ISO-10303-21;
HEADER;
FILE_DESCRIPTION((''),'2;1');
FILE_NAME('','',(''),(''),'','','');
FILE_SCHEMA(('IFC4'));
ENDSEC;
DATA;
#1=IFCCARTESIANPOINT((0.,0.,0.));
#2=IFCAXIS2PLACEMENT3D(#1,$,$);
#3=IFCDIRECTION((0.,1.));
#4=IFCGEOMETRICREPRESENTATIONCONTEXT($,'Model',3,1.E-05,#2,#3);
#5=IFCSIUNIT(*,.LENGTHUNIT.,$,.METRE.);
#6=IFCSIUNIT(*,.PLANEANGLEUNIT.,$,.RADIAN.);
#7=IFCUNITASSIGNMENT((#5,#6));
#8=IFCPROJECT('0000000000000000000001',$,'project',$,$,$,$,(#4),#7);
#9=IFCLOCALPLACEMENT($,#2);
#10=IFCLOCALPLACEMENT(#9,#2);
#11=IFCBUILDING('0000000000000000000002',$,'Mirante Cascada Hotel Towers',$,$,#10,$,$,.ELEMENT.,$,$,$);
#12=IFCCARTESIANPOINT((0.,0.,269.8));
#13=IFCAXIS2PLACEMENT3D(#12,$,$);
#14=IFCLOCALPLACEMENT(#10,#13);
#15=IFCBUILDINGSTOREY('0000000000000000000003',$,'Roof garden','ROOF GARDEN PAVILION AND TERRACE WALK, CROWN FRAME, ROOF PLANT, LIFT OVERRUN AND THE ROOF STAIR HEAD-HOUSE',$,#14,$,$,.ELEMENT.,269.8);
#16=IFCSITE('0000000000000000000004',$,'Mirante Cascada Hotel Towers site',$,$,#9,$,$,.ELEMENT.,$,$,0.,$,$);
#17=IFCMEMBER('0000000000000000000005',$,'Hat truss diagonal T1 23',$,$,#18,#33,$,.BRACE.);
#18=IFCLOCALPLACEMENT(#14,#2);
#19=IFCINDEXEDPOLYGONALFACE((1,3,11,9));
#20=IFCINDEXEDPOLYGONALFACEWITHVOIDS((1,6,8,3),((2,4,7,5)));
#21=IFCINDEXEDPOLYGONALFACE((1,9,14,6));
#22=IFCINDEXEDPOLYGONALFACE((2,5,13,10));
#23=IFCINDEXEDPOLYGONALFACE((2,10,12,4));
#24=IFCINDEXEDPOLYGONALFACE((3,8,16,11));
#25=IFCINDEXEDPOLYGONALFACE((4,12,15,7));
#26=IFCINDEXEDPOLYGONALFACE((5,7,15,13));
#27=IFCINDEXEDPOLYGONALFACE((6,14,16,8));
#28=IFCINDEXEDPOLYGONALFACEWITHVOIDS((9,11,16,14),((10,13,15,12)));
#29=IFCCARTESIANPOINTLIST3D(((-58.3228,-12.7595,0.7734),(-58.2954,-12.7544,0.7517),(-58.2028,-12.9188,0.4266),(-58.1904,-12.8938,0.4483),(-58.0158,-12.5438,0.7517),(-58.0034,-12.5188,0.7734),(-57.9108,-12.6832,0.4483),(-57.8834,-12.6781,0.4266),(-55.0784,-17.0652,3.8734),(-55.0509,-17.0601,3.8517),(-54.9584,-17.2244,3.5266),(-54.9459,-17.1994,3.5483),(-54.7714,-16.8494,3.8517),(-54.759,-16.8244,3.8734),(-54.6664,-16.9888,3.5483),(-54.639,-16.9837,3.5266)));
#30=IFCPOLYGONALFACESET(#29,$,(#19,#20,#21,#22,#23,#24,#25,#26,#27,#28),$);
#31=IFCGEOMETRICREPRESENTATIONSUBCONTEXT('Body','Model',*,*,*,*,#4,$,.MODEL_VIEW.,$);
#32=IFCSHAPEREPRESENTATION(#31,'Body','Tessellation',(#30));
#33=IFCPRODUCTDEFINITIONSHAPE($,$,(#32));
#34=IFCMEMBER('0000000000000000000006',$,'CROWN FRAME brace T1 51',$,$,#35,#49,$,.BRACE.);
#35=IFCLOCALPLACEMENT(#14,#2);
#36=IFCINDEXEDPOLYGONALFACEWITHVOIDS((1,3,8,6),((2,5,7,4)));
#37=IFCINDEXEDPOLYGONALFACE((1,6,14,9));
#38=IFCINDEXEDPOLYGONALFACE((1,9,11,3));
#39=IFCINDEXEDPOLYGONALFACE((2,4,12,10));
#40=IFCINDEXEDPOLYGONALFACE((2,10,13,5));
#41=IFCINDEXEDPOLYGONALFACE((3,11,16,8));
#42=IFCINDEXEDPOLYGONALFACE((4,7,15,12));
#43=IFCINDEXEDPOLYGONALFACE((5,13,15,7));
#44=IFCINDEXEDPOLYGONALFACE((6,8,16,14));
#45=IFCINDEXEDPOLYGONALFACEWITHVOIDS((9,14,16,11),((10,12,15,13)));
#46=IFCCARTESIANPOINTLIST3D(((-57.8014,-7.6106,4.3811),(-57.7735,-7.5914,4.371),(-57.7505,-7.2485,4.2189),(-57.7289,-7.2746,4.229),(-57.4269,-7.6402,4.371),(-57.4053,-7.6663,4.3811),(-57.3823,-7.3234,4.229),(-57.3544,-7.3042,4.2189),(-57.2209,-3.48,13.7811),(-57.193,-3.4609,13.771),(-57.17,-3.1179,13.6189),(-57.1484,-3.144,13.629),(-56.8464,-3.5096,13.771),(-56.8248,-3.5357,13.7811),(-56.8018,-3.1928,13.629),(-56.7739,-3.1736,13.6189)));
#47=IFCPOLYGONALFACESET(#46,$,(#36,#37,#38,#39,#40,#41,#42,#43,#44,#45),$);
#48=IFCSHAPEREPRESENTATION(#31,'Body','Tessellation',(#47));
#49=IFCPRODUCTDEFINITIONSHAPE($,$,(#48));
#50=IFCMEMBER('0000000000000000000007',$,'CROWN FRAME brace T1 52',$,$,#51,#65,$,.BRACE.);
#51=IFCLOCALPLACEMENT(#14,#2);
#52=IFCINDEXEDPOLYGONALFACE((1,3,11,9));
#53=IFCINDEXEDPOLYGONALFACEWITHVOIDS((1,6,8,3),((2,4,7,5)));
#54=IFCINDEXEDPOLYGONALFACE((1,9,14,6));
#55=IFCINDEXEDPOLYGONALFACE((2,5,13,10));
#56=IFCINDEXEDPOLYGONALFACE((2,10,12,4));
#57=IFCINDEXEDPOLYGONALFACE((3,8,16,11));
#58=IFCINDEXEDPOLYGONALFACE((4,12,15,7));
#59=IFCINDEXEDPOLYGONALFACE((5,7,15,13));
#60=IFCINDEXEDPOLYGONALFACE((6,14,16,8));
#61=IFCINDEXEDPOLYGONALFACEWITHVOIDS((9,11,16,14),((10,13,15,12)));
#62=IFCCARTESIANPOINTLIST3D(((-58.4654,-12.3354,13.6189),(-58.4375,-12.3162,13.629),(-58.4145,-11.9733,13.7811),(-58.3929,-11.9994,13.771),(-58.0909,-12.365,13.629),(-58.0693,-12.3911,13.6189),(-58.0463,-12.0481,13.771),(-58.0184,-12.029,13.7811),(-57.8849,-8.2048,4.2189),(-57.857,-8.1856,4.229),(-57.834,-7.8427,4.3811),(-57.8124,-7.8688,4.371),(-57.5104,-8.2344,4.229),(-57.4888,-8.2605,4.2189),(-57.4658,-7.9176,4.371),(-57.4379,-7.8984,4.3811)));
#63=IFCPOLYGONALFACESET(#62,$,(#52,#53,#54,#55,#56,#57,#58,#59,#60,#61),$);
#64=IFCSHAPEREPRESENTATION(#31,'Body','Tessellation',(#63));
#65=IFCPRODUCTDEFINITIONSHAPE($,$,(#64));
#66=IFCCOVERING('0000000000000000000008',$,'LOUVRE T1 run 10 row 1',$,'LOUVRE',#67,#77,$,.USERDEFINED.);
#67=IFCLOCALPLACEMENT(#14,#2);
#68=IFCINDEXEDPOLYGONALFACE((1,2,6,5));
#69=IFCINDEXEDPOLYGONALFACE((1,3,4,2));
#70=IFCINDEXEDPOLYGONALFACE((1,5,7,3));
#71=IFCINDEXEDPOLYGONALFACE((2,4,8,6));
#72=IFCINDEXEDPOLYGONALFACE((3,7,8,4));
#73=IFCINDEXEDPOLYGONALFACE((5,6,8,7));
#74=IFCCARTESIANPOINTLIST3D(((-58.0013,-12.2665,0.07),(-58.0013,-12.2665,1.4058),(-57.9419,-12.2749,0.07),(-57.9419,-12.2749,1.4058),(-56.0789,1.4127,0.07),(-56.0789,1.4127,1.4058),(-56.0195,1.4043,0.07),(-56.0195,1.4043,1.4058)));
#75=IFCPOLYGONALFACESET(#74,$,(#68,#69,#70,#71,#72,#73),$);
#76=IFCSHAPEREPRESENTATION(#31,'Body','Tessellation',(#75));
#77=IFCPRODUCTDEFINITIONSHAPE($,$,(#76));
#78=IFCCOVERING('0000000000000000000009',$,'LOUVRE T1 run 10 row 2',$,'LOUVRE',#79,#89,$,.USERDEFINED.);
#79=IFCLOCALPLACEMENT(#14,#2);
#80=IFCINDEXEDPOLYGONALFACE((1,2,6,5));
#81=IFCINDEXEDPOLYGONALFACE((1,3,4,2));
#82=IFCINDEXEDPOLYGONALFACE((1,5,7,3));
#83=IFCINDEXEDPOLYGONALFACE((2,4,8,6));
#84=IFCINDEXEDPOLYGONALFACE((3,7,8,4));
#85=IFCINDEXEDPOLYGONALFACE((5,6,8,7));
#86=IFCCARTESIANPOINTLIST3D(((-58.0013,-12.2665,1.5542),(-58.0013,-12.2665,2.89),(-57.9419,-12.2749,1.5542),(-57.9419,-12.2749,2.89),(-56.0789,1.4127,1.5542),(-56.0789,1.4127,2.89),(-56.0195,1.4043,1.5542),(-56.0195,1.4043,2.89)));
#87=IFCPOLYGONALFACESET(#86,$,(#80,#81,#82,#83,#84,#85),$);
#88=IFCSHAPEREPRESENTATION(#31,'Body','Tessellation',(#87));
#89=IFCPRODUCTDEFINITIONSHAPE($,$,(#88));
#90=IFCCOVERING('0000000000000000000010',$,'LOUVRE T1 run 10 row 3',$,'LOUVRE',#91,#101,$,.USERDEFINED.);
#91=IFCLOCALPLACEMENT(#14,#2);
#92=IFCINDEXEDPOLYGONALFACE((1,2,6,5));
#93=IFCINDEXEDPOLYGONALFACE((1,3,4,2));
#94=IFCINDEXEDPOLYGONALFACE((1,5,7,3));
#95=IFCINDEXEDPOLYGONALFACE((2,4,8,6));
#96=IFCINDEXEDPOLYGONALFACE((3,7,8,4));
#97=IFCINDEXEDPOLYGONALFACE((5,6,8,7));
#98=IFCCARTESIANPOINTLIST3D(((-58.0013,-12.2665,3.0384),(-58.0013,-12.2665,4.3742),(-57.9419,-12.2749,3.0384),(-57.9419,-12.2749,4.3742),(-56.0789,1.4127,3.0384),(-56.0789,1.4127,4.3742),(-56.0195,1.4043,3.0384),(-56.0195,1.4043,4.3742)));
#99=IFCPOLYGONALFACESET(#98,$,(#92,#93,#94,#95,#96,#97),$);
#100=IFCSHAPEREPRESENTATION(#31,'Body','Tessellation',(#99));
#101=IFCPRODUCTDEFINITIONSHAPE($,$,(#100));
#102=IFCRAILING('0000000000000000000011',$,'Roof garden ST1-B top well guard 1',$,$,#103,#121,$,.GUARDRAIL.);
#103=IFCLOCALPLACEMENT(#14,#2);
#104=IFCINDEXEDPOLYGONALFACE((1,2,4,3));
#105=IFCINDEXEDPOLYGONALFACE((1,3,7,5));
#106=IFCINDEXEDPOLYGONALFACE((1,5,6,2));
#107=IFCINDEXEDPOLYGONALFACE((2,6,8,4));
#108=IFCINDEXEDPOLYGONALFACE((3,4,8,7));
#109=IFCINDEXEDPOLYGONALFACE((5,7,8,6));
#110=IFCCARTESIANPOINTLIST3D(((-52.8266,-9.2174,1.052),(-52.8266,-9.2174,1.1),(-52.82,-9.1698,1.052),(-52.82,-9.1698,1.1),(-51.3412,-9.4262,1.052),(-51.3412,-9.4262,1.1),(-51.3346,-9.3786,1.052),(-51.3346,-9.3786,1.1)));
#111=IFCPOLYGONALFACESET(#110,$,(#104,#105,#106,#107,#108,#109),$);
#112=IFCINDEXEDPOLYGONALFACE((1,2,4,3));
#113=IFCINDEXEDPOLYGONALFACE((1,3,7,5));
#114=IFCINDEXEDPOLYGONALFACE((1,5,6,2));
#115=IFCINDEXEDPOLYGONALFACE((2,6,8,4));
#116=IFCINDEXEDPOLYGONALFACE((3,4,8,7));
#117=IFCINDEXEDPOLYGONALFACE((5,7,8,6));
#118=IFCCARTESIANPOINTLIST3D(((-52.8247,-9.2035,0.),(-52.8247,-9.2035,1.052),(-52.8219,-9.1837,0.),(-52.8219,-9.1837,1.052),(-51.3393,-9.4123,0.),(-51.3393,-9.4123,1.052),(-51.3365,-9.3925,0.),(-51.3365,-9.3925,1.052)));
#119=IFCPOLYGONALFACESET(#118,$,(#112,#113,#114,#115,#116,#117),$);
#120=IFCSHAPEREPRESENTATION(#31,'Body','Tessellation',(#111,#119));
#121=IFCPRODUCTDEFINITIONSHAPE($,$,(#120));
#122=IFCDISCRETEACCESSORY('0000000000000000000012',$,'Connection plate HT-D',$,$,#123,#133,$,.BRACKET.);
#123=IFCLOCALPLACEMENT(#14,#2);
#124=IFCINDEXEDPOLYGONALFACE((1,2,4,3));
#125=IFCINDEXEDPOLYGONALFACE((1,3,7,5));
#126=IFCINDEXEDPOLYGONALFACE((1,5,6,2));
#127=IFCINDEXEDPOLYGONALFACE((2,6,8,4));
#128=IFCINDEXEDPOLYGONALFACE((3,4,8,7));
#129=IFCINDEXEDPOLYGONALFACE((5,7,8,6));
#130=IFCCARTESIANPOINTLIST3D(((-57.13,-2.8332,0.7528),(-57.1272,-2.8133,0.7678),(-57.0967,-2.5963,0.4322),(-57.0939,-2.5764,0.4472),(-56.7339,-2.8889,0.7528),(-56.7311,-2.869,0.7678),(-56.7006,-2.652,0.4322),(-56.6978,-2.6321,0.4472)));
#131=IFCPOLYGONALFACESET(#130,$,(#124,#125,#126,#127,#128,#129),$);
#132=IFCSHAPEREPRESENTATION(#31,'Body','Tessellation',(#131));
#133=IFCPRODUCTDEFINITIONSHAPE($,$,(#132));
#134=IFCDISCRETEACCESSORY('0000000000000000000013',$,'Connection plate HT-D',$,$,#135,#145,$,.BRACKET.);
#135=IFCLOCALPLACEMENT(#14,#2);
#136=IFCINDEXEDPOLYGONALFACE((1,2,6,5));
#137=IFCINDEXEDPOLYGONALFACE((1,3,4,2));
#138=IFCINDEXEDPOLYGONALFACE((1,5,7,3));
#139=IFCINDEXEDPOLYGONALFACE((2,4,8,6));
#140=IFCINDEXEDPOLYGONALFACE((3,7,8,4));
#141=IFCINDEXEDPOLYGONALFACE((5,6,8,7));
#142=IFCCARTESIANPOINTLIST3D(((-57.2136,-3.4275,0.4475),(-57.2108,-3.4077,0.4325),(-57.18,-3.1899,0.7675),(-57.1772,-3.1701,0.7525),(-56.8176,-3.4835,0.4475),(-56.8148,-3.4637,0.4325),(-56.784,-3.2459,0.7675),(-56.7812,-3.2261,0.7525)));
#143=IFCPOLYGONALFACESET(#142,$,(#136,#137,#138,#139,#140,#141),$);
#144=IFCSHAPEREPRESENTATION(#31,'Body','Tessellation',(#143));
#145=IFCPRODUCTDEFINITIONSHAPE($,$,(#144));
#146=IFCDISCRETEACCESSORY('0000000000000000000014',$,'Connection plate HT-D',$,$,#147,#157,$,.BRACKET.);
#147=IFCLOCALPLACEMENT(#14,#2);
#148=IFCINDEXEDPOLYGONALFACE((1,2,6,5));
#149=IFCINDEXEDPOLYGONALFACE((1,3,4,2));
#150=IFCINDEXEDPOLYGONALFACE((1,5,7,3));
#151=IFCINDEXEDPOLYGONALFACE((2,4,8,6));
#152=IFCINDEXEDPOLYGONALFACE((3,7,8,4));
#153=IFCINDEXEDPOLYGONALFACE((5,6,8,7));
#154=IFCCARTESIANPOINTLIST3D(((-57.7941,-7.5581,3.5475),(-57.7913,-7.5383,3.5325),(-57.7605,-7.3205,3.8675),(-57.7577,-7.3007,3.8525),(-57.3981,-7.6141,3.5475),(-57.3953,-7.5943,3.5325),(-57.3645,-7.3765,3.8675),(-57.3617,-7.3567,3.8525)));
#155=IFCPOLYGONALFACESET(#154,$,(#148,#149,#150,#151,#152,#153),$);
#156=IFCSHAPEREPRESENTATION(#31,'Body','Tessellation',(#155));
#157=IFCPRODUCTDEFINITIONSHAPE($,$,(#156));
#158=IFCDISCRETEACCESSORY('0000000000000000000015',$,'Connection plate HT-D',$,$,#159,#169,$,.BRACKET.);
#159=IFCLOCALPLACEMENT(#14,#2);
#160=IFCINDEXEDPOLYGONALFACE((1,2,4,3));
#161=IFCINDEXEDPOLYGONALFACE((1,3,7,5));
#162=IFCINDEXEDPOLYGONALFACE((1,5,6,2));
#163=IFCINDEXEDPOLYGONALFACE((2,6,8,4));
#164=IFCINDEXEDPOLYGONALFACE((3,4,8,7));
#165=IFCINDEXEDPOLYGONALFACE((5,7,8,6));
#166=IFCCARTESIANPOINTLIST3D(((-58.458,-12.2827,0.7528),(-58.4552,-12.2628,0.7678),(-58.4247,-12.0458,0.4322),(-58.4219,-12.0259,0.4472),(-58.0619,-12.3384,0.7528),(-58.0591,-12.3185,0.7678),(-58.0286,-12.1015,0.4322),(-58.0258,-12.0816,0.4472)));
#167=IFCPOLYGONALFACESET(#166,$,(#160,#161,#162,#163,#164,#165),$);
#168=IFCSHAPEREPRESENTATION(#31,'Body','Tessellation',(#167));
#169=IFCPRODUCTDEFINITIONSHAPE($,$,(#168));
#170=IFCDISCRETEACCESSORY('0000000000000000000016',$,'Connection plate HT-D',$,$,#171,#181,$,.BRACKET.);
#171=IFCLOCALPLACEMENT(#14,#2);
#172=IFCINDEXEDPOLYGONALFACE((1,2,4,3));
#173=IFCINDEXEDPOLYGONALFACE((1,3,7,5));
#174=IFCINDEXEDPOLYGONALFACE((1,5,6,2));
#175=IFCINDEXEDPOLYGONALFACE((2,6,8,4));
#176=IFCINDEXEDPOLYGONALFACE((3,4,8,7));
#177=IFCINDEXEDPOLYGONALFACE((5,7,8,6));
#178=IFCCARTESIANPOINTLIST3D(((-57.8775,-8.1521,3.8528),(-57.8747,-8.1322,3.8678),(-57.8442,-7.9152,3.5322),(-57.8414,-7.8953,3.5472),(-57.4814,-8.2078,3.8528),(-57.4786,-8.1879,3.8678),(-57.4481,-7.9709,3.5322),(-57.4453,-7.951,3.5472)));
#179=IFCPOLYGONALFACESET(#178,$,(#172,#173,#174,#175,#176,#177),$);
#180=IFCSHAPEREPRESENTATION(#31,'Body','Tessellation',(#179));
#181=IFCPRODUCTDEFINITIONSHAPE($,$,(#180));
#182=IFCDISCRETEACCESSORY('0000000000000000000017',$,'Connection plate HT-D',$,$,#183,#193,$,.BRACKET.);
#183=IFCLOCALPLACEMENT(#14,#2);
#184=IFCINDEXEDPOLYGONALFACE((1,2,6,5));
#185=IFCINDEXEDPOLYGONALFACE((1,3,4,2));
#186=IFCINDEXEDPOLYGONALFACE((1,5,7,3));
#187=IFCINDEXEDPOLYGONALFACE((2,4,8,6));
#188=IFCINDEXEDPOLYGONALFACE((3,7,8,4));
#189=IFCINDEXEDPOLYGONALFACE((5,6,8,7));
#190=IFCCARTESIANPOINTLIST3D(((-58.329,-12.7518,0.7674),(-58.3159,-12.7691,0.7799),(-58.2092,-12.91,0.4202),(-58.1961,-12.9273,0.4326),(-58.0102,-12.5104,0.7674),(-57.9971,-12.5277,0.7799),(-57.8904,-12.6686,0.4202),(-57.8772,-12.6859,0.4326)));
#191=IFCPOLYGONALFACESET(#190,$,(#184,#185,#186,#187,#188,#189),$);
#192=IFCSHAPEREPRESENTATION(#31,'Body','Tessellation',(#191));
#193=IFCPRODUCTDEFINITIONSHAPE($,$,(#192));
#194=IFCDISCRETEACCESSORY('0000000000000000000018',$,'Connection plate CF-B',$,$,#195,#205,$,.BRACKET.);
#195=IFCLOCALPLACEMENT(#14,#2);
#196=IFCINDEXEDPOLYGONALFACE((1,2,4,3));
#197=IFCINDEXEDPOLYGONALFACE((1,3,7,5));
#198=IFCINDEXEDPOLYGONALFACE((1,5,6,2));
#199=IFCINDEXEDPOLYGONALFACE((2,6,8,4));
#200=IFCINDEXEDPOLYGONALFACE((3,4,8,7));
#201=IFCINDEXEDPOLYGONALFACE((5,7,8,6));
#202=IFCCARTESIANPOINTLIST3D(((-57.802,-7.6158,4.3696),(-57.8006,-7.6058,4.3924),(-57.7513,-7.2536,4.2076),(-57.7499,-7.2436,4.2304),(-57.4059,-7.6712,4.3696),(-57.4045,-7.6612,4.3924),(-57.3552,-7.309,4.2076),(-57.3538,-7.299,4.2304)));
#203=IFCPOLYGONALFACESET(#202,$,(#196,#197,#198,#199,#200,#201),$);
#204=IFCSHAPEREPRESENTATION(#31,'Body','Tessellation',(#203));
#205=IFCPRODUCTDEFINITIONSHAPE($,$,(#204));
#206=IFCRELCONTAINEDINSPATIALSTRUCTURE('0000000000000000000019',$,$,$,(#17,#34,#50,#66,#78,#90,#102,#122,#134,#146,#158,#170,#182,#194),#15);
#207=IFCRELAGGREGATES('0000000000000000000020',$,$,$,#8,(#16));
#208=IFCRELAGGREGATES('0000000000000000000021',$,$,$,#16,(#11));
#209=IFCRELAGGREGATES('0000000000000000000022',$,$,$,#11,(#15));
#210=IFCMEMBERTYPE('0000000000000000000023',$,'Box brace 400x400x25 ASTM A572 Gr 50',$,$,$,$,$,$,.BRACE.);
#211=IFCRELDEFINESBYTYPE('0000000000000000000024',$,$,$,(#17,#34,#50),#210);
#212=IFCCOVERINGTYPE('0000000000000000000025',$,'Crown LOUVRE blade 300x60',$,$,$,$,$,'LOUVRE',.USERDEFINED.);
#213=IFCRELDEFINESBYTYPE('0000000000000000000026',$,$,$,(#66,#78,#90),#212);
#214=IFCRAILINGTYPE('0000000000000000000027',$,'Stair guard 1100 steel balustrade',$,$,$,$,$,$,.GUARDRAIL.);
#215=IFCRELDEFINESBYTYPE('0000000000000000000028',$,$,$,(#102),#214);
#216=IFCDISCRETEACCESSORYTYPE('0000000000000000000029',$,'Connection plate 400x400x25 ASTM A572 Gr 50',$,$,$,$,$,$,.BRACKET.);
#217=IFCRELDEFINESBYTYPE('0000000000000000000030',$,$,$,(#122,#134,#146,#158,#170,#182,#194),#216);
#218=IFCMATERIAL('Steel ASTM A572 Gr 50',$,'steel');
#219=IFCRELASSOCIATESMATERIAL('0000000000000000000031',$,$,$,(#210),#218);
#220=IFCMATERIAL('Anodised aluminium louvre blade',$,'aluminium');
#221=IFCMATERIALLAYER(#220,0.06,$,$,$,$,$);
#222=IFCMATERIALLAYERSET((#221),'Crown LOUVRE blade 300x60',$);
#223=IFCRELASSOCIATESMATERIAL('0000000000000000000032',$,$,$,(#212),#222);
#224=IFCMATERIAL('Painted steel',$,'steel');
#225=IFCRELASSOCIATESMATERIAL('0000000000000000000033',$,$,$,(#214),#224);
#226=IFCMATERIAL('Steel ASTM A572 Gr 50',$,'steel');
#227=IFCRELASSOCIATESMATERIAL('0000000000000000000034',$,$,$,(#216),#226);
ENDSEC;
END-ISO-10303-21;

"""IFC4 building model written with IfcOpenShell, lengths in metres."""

from ifc_helpers import new_model, si_unit, direction, frame, origin, origin_2d, place, context, subcontext, project, spatial, rectangle, hollow_rectangle, extrude, material, layer, layer_set, material_profile, profile_set, type_object, element, save


model = new_model("IFC4")

# Units and contexts
model_context = context("Model", 3, precision=1e-05, world=origin(), true_north=direction((0.0, 1.0)))
body_context = subcontext(model_context, "Body", "Model", "MODEL_VIEW")
ifc_project = project(units=[si_unit("LENGTHUNIT", "METRE"), si_unit("PLANEANGLEUNIT", "RADIAN")], contexts=[model_context])

# Site, building, storey
site_placement = place(None, origin())
site = spatial("IfcSite", under=ifc_project, at=site_placement, Name="Mirante Cascada Hotel Towers site", CompositionType="ELEMENT", RefElevation=0.0)
building_placement = place(site_placement, origin())
building = spatial("IfcBuilding", under=site, at=building_placement, Name="Mirante Cascada Hotel Towers", CompositionType="ELEMENT")
storey_placement = place(building_placement, frame((0.0, 0.0, 269.8)))
storey = spatial("IfcBuildingStorey", under=building, at=storey_placement, Name="Roof garden", Description="ROOF GARDEN PAVILION AND TERRACE WALK, CROWN FRAME, ROOF PLANT, LIFT OVERRUN AND THE ROOF STAIR HEAD-HOUSE", CompositionType="ELEMENT", Elevation=269.8)

# Members
ifc_material_1 = material(Name="Steel ASTM A572 Gr 50", Category="steel")
ifc_material_profile_1 = material_profile(ifc_material_1, hollow_rectangle(XDim=0.4, YDim=0.4, WallThickness=0.025, at=origin_2d()), Name="Box brace 400x400x25 ASTM A572 Gr 50")
ifc_profile_set_1 = profile_set([ifc_material_profile_1], Name="Steel ASTM A572 Gr 50")
member_type = type_object("IfcMemberType", Name="Box brace 400x400x25 ASTM A572 Gr 50", PredefinedType="BRACE", material=ifc_profile_set_1)
member_placement = place(storey_placement, frame((-58.1031, -12.7188, 0.6), z_axis=(0.521703, -0.692345, 0.498483), x_axis=(0.798645, 0.601803, 0.0)))
element("IfcMember", 1, at=member_placement, inside=storey, type_object=member_type, Name="Hat truss diagonal T1 23", PredefinedType="BRACE", context=body_context, shape_type="SweptSolid", body=[
    extrude(hollow_rectangle(XDim=0.4, YDim=0.4, WallThickness=0.025, at=origin_2d()), origin(), (0.0, 0.0, 1.0), 6.2189),
])
for number, where, z_axis, x_axis, name in (
    (2, (-57.5779, -7.4574, 4.3), (0.056447, 0.401657, 0.914049), (-0.990269, 0.139169, 0.0), "CROWN FRAME brace T1 51"),
    (3, (-57.6614, -8.0516, 4.3), (-0.056447, -0.401657, 0.914049), (0.990269, -0.139169, 0.0), "CROWN FRAME brace T1 52"),
):
    element("IfcMember", number, at=place(storey_placement, frame(where, z_axis=z_axis, x_axis=x_axis)), inside=storey, type_object=member_type, Name=name, PredefinedType="BRACE", context=body_context, shape_type="SweptSolid", body=[
        extrude(hollow_rectangle(XDim=0.4, YDim=0.4, WallThickness=0.025, at=origin_2d()), origin(), (0.0, 0.0, 1.0), 10.2839),
    ])

# Coverings
ifc_material_2 = material(Name="Anodised aluminium louvre blade", Category="aluminium")
ifc_layer_1 = layer(ifc_material_2, 0.06)
ifc_layer_set_1 = layer_set([ifc_layer_1], Name="Crown LOUVRE blade 300x60")
covering_type = type_object("IfcCoveringType", Name="Crown LOUVRE blade 300x60", ElementType="LOUVRE", PredefinedType="USERDEFINED", material=ifc_layer_set_1)
for number, where, z_axis, x_axis, name in (
    (4, (-57.0104, -5.4311, 0.07), (0.0, 0.0, 1.0), (-0.139173, -0.990268, 0.0), "LOUVRE T1 run 10 row 1"),
    (5, (-57.0104, -5.4311, 1.5542), (0.0, 0.0, 1.0), (-0.139173, -0.990268, 0.0), "LOUVRE T1 run 10 row 2"),
    (6, (-57.0104, -5.4311, 3.0384), (0.0, 0.0, 1.0), (-0.139173, -0.990268, 0.0), "LOUVRE T1 run 10 row 3"),
):
    element("IfcCovering", number, at=place(storey_placement, frame(where, z_axis=z_axis, x_axis=x_axis)), inside=storey, type_object=covering_type, Name=name, ObjectType="LOUVRE", PredefinedType="USERDEFINED", context=body_context, shape_type="SweptSolid", body=[
        extrude(rectangle(XDim=13.8136, YDim=0.06, at=origin_2d()), origin(), (0.0, 0.0, 1.0), 1.3358),
    ])

# Railing
ifc_material_3 = material(Name="Painted steel", Category="steel")
railing_type = type_object("IfcRailingType", Name="Stair guard 1100 steel balustrade", PredefinedType="GUARDRAIL", material=ifc_material_3)
railing_placement = place(storey_placement, frame((-52.8233, -9.1936, 0.0)))
element("IfcRailing", 7, at=railing_placement, inside=storey, type_object=railing_type, Name="Roof garden ST1-B top well guard 1", PredefinedType="GUARDRAIL", context=body_context, shape_type="SweptSolid", body=[
    extrude(rectangle(XDim=0.048, YDim=0.048, at=origin_2d()), frame((0.0, 0.0, 1.076), z_axis=(0.990264, -0.1392, 0.0), x_axis=(0.1392, 0.990264, 0.0)), (0.0, 0.0, 1.0), 1.5),
    extrude(rectangle(XDim=0.02, YDim=1.052, at=origin_2d()), frame((0.0, 0.0, 0.526), z_axis=(0.990264, -0.1392, 0.0), x_axis=(0.1392, 0.990264, 0.0)), (0.0, 0.0, 1.0), 1.5),
])

# Discrete accessories
ifc_material_4 = material(Name="Steel ASTM A572 Gr 50", Category="steel")
ifc_material_profile_2 = material_profile(ifc_material_4, rectangle(XDim=0.4, YDim=0.4, at=origin_2d()), Name="Connection plate 400x400x25 ASTM A572 Gr 50")
ifc_profile_set_2 = profile_set([ifc_material_profile_2], Name="Steel ASTM A572 Gr 50")
discrete_accessory_type_1 = type_object("IfcDiscreteAccessoryType", Name="Connection plate 400x400x25 ASTM A572 Gr 50", PredefinedType="BRACKET", material=ifc_profile_set_2)
discrete_accessory_1_placement = place(storey_placement, frame((-56.9153, -2.7426, 0.5925), z_axis=(0.111657, 0.79356, 0.59816), x_axis=(-0.990246, 0.139331, 0.0)))
element("IfcDiscreteAccessory", 8, at=discrete_accessory_1_placement, inside=storey, type_object=discrete_accessory_type_1, Name="Connection plate HT-D", PredefinedType="BRACKET", context=body_context, shape_type="SweptSolid", body=[
    extrude(rectangle(XDim=0.4, YDim=0.4, at=origin_2d()), origin(), (0.0, 0.0, 1.0), 0.0251),
])
for number, where, z_axis, x_axis, name in (
    (9, (-56.996, -3.3169, 0.5925), (-0.112011, -0.792076, 0.600058), (0.990148, -0.140021, 0.0), "Connection plate HT-D"),
    (10, (-57.5765, -7.4475, 3.6925), (-0.112011, -0.792076, 0.600058), (0.990148, -0.140021, 0.0), "Connection plate HT-D"),
):
    element("IfcDiscreteAccessory", number, at=place(storey_placement, frame(where, z_axis=z_axis, x_axis=x_axis)), inside=storey, type_object=discrete_accessory_type_1, Name=name, PredefinedType="BRACKET", context=body_context, shape_type="SweptSolid", body=[
        extrude(rectangle(XDim=0.4, YDim=0.4, at=origin_2d()), origin(), (0.0, 0.0, 1.0), 0.025),
    ])
for number, where, z_axis, x_axis, name in (
    (11, (-58.2433, -12.1921, 0.5925), (0.111657, 0.79356, 0.59816), (-0.990246, 0.139331, 0.0), "Connection plate HT-D"),
    (12, (-57.6628, -8.0615, 3.6925), (0.111657, 0.79356, 0.59816), (-0.990246, 0.139331, 0.0), "Connection plate HT-D"),
):
    element("IfcDiscreteAccessory", number, at=place(storey_placement, frame(where, z_axis=z_axis, x_axis=x_axis)), inside=storey, type_object=discrete_accessory_type_1, Name=name, PredefinedType="BRACKET", context=body_context, shape_type="SweptSolid", body=[
        extrude(rectangle(XDim=0.4, YDim=0.4, at=origin_2d()), origin(), (0.0, 0.0, 1.0), 0.0251),
    ])
discrete_accessory_2_placement = place(storey_placement, frame((-58.1097, -12.7102, 0.5938), z_axis=(0.524143, -0.692188, 0.496135), x_axis=(0.797227, 0.60368, 0.0)))
element("IfcDiscreteAccessory", 13, at=discrete_accessory_2_placement, inside=storey, type_object=discrete_accessory_type_1, Name="Connection plate HT-D", PredefinedType="BRACKET", context=body_context, shape_type="SweptSolid", body=[
    extrude(rectangle(XDim=0.4, YDim=0.4, at=origin_2d()), origin(), (0.0, 0.0, 1.0), 0.025),
])
for number, where, z_axis, x_axis, name in (
    (14, (-57.5786, -7.4624, 4.2886), (0.056144, 0.401028, 0.914344), (-0.990342, 0.138648, 0.0), "Connection plate CF-B"),
):
    element("IfcDiscreteAccessory", number, at=place(storey_placement, frame(where, z_axis=z_axis, x_axis=x_axis)), inside=storey, type_object=discrete_accessory_type_1, Name=name, PredefinedType="BRACKET", context=body_context, shape_type="SweptSolid", body=[
        extrude(rectangle(XDim=0.4, YDim=0.4, at=origin_2d()), origin(), (0.0, 0.0, 1.0), 0.0249),
    ])

save(model, "model.ifc")
